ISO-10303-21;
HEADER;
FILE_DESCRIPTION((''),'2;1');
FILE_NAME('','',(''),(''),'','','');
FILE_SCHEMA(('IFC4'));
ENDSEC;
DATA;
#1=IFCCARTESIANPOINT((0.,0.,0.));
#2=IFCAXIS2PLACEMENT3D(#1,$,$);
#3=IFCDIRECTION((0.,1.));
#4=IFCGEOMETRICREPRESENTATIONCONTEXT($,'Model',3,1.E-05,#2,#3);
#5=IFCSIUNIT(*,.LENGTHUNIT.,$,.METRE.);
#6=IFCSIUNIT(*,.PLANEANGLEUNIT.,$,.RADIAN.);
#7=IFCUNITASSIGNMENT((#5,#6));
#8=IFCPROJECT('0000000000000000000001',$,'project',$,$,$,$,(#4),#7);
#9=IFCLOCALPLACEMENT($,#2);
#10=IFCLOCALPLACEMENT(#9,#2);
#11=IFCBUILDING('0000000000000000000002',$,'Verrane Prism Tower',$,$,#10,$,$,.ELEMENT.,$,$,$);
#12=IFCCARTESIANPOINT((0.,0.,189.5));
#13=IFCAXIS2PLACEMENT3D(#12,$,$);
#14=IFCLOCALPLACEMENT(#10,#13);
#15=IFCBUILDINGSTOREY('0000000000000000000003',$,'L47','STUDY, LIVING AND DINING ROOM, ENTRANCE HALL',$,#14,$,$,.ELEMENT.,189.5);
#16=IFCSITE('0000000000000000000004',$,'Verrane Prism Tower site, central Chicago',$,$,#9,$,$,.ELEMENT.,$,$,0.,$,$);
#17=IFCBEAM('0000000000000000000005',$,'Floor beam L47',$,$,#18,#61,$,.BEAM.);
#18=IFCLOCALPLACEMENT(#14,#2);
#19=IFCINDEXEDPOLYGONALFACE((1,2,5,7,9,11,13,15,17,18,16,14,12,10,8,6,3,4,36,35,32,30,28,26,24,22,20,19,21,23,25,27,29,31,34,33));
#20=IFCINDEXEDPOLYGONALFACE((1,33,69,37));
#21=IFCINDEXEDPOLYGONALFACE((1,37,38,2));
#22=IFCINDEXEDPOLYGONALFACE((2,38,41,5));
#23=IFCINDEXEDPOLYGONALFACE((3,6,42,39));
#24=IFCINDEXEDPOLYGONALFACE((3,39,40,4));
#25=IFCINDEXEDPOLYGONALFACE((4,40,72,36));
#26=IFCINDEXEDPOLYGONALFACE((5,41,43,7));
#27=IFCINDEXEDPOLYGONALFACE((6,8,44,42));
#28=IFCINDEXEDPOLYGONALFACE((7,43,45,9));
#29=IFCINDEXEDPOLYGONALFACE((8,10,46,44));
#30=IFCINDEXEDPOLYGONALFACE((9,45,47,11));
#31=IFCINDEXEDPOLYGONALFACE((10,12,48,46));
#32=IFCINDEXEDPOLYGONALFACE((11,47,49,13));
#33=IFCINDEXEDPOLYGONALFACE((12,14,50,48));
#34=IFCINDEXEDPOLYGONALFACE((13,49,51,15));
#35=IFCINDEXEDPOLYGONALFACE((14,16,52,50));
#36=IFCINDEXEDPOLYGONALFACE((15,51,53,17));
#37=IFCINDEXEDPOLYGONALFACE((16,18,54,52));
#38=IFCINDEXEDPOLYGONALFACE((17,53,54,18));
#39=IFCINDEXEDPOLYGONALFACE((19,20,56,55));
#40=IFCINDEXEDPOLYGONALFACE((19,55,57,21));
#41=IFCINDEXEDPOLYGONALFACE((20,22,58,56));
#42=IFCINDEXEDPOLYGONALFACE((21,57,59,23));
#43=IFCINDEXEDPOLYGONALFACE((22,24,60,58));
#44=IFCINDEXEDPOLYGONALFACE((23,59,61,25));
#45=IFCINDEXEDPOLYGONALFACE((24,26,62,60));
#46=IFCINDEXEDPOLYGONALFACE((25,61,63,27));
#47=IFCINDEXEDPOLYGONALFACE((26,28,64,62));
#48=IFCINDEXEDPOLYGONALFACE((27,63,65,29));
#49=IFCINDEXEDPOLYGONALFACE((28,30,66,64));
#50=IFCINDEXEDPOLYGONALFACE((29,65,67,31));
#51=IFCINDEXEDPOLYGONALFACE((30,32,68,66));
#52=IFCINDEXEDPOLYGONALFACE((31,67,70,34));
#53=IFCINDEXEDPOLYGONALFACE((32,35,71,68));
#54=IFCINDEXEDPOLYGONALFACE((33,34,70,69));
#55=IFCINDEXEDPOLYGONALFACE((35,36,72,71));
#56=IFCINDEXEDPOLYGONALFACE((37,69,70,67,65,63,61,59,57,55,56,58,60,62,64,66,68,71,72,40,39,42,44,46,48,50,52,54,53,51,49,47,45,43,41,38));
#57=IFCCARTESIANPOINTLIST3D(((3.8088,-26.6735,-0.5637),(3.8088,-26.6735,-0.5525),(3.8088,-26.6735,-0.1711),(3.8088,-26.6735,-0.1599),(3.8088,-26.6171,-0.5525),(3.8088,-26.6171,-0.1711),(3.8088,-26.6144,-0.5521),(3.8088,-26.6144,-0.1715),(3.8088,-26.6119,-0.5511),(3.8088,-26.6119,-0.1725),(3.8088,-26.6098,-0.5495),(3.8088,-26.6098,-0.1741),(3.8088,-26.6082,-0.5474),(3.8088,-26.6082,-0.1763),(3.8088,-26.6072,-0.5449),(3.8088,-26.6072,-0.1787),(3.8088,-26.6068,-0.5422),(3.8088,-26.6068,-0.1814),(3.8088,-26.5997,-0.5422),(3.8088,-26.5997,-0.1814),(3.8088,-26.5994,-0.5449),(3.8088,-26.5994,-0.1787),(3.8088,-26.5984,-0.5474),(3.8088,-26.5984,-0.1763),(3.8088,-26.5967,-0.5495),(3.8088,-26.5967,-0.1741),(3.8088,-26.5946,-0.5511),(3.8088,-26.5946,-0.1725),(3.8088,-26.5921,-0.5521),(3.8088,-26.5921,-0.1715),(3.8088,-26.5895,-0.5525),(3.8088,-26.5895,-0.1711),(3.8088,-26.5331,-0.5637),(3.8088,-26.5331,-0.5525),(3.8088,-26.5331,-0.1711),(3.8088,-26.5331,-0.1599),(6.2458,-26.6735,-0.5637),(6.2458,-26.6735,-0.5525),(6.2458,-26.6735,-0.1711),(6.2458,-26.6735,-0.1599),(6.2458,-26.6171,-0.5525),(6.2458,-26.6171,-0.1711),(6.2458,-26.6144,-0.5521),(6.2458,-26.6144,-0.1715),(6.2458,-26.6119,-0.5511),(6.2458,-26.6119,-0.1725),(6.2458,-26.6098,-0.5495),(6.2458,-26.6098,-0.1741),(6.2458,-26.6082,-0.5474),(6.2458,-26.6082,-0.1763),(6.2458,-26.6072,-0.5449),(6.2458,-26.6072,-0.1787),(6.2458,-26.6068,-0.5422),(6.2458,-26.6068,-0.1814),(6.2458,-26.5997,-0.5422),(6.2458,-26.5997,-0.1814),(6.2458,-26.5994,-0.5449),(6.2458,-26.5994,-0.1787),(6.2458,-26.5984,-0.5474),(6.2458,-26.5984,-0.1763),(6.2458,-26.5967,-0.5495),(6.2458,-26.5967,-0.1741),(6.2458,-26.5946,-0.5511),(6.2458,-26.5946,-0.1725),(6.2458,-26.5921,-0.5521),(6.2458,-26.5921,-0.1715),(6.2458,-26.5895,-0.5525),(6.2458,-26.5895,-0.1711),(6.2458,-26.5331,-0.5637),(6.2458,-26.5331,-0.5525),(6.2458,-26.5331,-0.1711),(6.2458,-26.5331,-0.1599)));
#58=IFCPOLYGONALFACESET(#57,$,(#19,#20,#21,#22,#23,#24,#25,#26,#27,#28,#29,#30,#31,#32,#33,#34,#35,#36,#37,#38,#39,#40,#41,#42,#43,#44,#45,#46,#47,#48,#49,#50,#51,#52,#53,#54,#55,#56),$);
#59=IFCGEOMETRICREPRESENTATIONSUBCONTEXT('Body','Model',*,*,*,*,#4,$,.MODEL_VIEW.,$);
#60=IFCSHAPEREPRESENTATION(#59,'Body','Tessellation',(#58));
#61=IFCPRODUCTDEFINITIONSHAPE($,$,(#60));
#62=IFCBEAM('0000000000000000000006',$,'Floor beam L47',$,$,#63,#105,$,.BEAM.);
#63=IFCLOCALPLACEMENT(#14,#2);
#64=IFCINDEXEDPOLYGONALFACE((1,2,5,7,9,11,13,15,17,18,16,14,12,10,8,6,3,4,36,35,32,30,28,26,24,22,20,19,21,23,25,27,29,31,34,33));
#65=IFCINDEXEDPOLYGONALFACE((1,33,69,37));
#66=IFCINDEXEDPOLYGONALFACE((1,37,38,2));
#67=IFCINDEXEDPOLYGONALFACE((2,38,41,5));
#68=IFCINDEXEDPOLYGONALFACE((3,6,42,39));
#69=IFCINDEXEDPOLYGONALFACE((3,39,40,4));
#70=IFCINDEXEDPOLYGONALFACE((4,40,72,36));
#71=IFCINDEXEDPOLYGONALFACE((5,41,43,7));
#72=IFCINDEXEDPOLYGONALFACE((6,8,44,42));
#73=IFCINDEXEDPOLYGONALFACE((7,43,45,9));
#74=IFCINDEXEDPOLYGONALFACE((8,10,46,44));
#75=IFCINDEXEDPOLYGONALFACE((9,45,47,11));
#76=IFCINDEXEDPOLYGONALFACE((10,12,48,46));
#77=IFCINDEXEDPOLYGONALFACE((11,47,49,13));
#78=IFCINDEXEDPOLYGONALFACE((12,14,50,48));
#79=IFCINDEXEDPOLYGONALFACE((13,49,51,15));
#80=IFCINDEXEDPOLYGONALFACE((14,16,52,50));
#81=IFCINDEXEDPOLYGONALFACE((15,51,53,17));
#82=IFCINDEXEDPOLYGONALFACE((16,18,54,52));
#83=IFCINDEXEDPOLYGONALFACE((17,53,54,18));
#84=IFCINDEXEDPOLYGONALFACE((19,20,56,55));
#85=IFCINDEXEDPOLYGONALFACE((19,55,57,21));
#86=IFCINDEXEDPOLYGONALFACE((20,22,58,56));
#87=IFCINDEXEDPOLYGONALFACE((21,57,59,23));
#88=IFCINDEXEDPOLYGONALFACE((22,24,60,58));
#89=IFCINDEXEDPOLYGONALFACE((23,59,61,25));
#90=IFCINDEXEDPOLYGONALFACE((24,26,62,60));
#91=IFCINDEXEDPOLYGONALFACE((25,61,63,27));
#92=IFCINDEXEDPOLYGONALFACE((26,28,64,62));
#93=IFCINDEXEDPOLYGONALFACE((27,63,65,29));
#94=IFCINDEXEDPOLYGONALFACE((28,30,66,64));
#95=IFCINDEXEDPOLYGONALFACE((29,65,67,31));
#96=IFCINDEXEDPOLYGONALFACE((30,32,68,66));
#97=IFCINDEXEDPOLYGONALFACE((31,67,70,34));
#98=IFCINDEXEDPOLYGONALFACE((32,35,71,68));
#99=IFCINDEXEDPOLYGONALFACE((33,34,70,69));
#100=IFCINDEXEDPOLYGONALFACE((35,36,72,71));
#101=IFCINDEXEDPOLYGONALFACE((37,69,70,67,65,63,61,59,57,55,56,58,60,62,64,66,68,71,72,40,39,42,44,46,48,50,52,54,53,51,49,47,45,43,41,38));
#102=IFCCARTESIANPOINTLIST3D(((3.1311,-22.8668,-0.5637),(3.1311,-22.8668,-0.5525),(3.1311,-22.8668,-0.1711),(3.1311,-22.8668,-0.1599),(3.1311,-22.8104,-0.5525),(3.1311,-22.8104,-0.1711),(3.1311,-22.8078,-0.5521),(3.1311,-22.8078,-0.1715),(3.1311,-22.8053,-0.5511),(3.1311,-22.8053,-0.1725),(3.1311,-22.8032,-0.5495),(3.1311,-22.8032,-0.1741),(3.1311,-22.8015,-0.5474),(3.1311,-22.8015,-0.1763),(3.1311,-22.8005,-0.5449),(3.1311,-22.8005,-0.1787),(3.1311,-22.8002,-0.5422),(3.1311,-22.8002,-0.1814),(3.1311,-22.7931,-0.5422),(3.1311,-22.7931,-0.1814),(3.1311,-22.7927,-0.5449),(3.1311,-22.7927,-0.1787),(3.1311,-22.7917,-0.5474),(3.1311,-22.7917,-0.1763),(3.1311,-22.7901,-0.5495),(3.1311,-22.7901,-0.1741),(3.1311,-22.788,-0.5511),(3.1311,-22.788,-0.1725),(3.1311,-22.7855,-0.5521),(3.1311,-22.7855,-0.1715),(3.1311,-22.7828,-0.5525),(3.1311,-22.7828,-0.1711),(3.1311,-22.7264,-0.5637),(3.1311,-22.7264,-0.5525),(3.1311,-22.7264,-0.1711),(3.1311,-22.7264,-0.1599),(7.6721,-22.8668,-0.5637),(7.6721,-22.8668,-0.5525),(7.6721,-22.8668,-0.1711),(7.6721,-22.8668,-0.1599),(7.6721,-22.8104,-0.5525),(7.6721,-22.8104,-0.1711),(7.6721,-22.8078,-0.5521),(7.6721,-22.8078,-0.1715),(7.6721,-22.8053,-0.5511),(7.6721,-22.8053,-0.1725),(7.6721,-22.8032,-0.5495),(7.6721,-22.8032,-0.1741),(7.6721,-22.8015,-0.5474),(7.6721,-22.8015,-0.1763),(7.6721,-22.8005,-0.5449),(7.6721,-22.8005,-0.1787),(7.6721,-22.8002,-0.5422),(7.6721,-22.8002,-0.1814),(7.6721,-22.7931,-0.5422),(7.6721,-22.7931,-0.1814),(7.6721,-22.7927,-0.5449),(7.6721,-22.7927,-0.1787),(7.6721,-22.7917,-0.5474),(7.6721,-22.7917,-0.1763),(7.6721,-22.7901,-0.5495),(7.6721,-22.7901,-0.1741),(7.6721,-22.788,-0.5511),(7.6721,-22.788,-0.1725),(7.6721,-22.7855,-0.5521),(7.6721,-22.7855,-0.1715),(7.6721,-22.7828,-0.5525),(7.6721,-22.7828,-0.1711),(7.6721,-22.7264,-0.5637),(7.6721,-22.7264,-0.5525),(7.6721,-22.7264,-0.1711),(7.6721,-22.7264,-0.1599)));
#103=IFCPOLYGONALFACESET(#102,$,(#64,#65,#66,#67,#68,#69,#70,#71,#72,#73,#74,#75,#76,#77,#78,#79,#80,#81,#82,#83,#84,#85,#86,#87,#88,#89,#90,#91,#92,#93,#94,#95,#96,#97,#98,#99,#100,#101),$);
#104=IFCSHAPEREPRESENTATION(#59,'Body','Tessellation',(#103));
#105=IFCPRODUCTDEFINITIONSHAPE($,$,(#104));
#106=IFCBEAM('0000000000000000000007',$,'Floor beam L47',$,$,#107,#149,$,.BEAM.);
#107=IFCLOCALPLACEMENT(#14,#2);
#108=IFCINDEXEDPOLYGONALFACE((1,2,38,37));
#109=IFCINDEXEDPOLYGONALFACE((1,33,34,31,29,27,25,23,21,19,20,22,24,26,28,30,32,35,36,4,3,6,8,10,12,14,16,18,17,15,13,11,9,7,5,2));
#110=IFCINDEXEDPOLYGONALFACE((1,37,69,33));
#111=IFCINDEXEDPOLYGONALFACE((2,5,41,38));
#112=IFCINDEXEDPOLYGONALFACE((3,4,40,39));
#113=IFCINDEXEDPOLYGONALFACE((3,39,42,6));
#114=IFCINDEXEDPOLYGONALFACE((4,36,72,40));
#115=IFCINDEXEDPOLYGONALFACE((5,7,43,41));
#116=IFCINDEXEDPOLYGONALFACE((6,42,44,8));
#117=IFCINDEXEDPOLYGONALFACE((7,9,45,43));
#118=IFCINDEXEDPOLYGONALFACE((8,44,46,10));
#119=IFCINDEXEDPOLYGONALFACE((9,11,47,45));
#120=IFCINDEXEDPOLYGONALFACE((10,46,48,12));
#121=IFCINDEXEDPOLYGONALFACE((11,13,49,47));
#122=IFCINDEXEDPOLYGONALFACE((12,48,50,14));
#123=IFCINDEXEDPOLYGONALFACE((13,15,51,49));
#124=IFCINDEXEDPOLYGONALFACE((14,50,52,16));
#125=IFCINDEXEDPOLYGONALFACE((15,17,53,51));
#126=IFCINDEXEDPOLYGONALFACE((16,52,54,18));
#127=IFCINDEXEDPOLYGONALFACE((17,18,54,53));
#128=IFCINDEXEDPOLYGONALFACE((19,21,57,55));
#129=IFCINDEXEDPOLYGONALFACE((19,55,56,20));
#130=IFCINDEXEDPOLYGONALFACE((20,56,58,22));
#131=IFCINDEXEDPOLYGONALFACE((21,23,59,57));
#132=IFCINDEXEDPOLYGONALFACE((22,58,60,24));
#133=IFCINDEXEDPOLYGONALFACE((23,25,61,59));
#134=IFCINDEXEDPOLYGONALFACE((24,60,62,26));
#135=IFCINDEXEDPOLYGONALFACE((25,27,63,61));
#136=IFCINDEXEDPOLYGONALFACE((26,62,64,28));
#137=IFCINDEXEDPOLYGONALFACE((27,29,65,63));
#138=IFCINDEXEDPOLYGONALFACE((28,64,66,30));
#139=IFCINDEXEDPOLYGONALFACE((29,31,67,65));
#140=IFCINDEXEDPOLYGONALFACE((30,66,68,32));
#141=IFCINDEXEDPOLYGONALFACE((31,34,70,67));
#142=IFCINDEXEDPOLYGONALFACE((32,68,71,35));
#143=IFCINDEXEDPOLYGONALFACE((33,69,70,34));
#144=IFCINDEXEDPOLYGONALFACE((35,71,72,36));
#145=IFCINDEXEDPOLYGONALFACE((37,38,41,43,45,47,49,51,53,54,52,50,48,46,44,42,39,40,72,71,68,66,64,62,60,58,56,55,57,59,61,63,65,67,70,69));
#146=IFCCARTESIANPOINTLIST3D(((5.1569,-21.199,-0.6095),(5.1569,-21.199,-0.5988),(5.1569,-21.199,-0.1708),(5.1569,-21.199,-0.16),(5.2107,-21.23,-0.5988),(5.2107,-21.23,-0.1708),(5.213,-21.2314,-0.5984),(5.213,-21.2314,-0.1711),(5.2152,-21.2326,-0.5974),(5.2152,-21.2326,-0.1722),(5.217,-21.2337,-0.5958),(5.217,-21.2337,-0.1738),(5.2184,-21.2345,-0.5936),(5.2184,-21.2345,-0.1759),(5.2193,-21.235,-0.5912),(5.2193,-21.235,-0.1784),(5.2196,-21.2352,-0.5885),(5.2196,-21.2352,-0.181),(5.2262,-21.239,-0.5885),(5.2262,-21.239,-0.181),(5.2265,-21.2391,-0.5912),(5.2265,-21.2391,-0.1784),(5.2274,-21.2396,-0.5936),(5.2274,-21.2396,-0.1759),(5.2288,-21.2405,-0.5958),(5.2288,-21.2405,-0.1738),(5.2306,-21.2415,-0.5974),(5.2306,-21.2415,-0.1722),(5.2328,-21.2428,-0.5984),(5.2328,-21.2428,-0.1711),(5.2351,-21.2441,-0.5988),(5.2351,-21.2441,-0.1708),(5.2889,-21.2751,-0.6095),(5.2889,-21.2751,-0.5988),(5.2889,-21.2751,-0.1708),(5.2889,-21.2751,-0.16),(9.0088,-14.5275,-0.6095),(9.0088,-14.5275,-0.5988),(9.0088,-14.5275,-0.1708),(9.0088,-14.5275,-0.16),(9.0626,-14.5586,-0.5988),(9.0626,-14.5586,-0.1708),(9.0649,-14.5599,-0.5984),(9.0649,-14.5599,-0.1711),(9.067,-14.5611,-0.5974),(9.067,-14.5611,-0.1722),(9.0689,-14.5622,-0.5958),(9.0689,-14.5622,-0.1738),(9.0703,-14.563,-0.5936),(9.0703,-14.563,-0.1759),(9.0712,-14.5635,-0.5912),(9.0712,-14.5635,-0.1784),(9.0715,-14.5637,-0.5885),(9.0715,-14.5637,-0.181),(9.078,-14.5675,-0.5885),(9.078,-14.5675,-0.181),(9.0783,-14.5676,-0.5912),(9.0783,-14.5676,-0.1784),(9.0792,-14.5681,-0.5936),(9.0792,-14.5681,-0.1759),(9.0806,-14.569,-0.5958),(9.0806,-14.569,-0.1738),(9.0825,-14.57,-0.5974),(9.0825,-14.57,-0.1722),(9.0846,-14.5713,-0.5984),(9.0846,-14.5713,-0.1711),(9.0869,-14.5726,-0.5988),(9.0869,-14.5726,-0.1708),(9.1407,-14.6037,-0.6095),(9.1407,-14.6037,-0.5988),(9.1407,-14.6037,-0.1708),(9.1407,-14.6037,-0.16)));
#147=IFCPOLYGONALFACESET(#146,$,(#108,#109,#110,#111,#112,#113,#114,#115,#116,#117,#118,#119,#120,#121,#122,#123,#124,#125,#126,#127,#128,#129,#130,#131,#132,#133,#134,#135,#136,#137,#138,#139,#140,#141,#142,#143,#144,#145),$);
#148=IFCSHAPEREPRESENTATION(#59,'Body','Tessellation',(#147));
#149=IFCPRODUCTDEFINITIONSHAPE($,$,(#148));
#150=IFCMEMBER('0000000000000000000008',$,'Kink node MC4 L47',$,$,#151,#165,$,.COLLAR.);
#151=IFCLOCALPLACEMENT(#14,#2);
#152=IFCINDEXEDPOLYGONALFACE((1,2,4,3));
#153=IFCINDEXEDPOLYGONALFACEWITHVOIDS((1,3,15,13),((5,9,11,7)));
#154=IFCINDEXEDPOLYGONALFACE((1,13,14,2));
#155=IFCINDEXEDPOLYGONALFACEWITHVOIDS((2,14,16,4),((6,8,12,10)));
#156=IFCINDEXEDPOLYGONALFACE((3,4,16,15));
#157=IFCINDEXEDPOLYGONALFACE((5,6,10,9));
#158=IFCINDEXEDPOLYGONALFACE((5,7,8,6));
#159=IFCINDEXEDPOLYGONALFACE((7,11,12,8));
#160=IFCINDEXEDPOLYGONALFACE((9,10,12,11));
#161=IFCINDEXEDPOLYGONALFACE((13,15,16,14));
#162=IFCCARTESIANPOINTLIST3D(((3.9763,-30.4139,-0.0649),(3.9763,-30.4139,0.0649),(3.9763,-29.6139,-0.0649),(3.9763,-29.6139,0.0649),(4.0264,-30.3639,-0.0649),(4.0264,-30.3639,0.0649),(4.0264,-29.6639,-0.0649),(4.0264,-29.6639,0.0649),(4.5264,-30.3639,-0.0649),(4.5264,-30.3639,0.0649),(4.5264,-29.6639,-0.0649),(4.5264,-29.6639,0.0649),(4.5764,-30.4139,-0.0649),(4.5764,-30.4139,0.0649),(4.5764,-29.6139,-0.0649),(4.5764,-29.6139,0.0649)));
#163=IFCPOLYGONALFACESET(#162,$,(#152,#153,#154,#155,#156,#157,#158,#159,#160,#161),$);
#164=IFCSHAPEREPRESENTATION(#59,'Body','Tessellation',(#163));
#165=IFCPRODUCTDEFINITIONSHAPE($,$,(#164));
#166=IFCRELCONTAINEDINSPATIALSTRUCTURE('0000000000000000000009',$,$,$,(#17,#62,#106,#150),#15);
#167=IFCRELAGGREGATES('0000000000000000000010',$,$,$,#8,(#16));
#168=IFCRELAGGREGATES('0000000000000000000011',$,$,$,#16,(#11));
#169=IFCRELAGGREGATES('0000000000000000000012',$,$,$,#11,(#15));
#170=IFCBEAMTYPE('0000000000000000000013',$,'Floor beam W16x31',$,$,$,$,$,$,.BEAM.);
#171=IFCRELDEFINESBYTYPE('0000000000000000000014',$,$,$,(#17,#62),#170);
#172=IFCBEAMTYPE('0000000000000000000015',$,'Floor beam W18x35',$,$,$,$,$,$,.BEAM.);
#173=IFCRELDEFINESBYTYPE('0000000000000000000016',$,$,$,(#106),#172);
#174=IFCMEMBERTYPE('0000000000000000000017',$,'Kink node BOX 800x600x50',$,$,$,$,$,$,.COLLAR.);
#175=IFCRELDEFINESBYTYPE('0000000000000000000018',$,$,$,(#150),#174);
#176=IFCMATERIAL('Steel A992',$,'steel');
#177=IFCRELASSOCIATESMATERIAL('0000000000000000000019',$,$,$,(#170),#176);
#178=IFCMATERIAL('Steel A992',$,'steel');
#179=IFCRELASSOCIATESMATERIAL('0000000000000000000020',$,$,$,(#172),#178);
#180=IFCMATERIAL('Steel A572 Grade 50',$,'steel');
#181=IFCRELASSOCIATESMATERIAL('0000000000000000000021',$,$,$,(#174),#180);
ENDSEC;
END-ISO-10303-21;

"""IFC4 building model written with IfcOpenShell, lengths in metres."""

from ifc_helpers import new_model, si_unit, direction, frame, origin, origin_2d, place, context, subcontext, project, spatial, hollow_rectangle, i_section, extrude, material, material_profile, profile_set, type_object, element, save


model = new_model("IFC4")

# Units and contexts
model_context = context("Model", 3, precision=1e-05, world=origin(), true_north=direction((0.0, 1.0)))
body_context = subcontext(model_context, "Body", "Model", "MODEL_VIEW")
ifc_project = project(units=[si_unit("LENGTHUNIT", "METRE"), si_unit("PLANEANGLEUNIT", "RADIAN")], contexts=[model_context])

# Site, building, storey
site_placement = place(None, origin())
site = spatial("IfcSite", under=ifc_project, at=site_placement, Name="Verrane Prism Tower site, central Chicago", CompositionType="ELEMENT", RefElevation=0.0)
building_placement = place(site_placement, origin())
building = spatial("IfcBuilding", under=site, at=building_placement, Name="Verrane Prism Tower", CompositionType="ELEMENT")
storey_placement = place(building_placement, frame((0.0, 0.0, 189.5)))
storey = spatial("IfcBuildingStorey", under=building, at=storey_placement, Name="L47", Description="STUDY, LIVING AND DINING ROOM, ENTRANCE HALL", CompositionType="ELEMENT", Elevation=189.5)

# Beams
ifc_material_1 = material(Name="Steel A992", Category="steel")
ifc_material_profile_1 = material_profile(ifc_material_1, i_section(OverallWidth=0.1404, OverallDepth=0.4038, WebThickness=0.0071, FlangeThickness=0.0112, FilletRadius=0.0103, at=origin_2d()), Name="W16x31")
ifc_profile_set_1 = profile_set([ifc_material_profile_1], Name="Steel A992")
beam_type_1 = type_object("IfcBeamType", Name="Floor beam W16x31", PredefinedType="BEAM", material=ifc_profile_set_1)
beam_1_placement = place(storey_placement, frame((3.8088, -26.6033, -0.3618), z_axis=(1.0, 0.0, 0.0), x_axis=(0.0, 1.0, 0.0)))
element("IfcBeam", 1, at=beam_1_placement, inside=storey, type_object=beam_type_1, Name="Floor beam L47", PredefinedType="BEAM", context=body_context, shape_type="SweptSolid", body=[
    extrude(i_section(OverallWidth=0.1404, OverallDepth=0.4038, WebThickness=0.0071, FlangeThickness=0.0112, FilletRadius=0.0103, at=origin_2d()), origin(), (0.0, 0.0, 1.0), 2.437),
])
beam_2_placement = place(storey_placement, frame((3.1311, -22.7966, -0.3618), z_axis=(1.0, 0.0, 0.0), x_axis=(0.0, 1.0, 0.0)))
element("IfcBeam", 2, at=beam_2_placement, inside=storey, type_object=beam_type_1, Name="Floor beam L47", PredefinedType="BEAM", context=body_context, shape_type="SweptSolid", body=[
    extrude(i_section(OverallWidth=0.1404, OverallDepth=0.4038, WebThickness=0.0071, FlangeThickness=0.0112, FilletRadius=0.0103, at=origin_2d()), origin(), (0.0, 0.0, 1.0), 4.541),
])
ifc_material_2 = material(Name="Steel A992", Category="steel")
ifc_material_profile_2 = material_profile(ifc_material_2, i_section(OverallWidth=0.1523, OverallDepth=0.4495, WebThickness=0.0076, FlangeThickness=0.0107, FilletRadius=0.0103, at=origin_2d()), Name="W18x35")
ifc_profile_set_2 = profile_set([ifc_material_profile_2], Name="Steel A992")
beam_type_2 = type_object("IfcBeamType", Name="Floor beam W18x35", PredefinedType="BEAM", material=ifc_profile_set_2)
beam_3_placement = place(storey_placement, frame((5.2229, -21.2371, -0.3848), z_axis=(0.500008, 0.866021, 0.0), x_axis=(-0.866021, 0.500008, 0.0)))
element("IfcBeam", 3, at=beam_3_placement, inside=storey, type_object=beam_type_2, Name="Floor beam L47", PredefinedType="BEAM", context=body_context, shape_type="SweptSolid", body=[
    extrude(i_section(OverallWidth=0.1523, OverallDepth=0.4495, WebThickness=0.0076, FlangeThickness=0.0107, FilletRadius=0.0103, at=origin_2d()), origin(), (0.0, 0.0, 1.0), 7.7036),
])

# Member
ifc_material_3 = material(Name="Steel A572 Grade 50", Category="steel")
ifc_material_profile_3 = material_profile(ifc_material_3, hollow_rectangle(XDim=0.6001, YDim=0.8, WallThickness=0.05, at=origin_2d()), Name="BOX 800x600x50")
ifc_profile_set_3 = profile_set([ifc_material_profile_3], Name="Steel A572 Grade 50")
member_type_1 = type_object("IfcMemberType", Name="Kink node BOX 800x600x50", PredefinedType="COLLAR", material=ifc_profile_set_3)
member_1_placement = place(storey_placement, frame((4.2764, -30.0139, -0.0649), z_axis=(0.0, 0.0, 1.0), x_axis=(-1.0, 0.0, 0.0)))
element("IfcMember", 4, at=member_1_placement, inside=storey, type_object=member_type_1, Name="Kink node MC4 L47", PredefinedType="COLLAR", context=body_context, shape_type="SweptSolid", body=[
    extrude(hollow_rectangle(XDim=0.6001, YDim=0.8, WallThickness=0.05, at=origin_2d()), origin(), (0.0, 0.0, 1.0), 0.1299),
])

save(model, "model.ifc")
